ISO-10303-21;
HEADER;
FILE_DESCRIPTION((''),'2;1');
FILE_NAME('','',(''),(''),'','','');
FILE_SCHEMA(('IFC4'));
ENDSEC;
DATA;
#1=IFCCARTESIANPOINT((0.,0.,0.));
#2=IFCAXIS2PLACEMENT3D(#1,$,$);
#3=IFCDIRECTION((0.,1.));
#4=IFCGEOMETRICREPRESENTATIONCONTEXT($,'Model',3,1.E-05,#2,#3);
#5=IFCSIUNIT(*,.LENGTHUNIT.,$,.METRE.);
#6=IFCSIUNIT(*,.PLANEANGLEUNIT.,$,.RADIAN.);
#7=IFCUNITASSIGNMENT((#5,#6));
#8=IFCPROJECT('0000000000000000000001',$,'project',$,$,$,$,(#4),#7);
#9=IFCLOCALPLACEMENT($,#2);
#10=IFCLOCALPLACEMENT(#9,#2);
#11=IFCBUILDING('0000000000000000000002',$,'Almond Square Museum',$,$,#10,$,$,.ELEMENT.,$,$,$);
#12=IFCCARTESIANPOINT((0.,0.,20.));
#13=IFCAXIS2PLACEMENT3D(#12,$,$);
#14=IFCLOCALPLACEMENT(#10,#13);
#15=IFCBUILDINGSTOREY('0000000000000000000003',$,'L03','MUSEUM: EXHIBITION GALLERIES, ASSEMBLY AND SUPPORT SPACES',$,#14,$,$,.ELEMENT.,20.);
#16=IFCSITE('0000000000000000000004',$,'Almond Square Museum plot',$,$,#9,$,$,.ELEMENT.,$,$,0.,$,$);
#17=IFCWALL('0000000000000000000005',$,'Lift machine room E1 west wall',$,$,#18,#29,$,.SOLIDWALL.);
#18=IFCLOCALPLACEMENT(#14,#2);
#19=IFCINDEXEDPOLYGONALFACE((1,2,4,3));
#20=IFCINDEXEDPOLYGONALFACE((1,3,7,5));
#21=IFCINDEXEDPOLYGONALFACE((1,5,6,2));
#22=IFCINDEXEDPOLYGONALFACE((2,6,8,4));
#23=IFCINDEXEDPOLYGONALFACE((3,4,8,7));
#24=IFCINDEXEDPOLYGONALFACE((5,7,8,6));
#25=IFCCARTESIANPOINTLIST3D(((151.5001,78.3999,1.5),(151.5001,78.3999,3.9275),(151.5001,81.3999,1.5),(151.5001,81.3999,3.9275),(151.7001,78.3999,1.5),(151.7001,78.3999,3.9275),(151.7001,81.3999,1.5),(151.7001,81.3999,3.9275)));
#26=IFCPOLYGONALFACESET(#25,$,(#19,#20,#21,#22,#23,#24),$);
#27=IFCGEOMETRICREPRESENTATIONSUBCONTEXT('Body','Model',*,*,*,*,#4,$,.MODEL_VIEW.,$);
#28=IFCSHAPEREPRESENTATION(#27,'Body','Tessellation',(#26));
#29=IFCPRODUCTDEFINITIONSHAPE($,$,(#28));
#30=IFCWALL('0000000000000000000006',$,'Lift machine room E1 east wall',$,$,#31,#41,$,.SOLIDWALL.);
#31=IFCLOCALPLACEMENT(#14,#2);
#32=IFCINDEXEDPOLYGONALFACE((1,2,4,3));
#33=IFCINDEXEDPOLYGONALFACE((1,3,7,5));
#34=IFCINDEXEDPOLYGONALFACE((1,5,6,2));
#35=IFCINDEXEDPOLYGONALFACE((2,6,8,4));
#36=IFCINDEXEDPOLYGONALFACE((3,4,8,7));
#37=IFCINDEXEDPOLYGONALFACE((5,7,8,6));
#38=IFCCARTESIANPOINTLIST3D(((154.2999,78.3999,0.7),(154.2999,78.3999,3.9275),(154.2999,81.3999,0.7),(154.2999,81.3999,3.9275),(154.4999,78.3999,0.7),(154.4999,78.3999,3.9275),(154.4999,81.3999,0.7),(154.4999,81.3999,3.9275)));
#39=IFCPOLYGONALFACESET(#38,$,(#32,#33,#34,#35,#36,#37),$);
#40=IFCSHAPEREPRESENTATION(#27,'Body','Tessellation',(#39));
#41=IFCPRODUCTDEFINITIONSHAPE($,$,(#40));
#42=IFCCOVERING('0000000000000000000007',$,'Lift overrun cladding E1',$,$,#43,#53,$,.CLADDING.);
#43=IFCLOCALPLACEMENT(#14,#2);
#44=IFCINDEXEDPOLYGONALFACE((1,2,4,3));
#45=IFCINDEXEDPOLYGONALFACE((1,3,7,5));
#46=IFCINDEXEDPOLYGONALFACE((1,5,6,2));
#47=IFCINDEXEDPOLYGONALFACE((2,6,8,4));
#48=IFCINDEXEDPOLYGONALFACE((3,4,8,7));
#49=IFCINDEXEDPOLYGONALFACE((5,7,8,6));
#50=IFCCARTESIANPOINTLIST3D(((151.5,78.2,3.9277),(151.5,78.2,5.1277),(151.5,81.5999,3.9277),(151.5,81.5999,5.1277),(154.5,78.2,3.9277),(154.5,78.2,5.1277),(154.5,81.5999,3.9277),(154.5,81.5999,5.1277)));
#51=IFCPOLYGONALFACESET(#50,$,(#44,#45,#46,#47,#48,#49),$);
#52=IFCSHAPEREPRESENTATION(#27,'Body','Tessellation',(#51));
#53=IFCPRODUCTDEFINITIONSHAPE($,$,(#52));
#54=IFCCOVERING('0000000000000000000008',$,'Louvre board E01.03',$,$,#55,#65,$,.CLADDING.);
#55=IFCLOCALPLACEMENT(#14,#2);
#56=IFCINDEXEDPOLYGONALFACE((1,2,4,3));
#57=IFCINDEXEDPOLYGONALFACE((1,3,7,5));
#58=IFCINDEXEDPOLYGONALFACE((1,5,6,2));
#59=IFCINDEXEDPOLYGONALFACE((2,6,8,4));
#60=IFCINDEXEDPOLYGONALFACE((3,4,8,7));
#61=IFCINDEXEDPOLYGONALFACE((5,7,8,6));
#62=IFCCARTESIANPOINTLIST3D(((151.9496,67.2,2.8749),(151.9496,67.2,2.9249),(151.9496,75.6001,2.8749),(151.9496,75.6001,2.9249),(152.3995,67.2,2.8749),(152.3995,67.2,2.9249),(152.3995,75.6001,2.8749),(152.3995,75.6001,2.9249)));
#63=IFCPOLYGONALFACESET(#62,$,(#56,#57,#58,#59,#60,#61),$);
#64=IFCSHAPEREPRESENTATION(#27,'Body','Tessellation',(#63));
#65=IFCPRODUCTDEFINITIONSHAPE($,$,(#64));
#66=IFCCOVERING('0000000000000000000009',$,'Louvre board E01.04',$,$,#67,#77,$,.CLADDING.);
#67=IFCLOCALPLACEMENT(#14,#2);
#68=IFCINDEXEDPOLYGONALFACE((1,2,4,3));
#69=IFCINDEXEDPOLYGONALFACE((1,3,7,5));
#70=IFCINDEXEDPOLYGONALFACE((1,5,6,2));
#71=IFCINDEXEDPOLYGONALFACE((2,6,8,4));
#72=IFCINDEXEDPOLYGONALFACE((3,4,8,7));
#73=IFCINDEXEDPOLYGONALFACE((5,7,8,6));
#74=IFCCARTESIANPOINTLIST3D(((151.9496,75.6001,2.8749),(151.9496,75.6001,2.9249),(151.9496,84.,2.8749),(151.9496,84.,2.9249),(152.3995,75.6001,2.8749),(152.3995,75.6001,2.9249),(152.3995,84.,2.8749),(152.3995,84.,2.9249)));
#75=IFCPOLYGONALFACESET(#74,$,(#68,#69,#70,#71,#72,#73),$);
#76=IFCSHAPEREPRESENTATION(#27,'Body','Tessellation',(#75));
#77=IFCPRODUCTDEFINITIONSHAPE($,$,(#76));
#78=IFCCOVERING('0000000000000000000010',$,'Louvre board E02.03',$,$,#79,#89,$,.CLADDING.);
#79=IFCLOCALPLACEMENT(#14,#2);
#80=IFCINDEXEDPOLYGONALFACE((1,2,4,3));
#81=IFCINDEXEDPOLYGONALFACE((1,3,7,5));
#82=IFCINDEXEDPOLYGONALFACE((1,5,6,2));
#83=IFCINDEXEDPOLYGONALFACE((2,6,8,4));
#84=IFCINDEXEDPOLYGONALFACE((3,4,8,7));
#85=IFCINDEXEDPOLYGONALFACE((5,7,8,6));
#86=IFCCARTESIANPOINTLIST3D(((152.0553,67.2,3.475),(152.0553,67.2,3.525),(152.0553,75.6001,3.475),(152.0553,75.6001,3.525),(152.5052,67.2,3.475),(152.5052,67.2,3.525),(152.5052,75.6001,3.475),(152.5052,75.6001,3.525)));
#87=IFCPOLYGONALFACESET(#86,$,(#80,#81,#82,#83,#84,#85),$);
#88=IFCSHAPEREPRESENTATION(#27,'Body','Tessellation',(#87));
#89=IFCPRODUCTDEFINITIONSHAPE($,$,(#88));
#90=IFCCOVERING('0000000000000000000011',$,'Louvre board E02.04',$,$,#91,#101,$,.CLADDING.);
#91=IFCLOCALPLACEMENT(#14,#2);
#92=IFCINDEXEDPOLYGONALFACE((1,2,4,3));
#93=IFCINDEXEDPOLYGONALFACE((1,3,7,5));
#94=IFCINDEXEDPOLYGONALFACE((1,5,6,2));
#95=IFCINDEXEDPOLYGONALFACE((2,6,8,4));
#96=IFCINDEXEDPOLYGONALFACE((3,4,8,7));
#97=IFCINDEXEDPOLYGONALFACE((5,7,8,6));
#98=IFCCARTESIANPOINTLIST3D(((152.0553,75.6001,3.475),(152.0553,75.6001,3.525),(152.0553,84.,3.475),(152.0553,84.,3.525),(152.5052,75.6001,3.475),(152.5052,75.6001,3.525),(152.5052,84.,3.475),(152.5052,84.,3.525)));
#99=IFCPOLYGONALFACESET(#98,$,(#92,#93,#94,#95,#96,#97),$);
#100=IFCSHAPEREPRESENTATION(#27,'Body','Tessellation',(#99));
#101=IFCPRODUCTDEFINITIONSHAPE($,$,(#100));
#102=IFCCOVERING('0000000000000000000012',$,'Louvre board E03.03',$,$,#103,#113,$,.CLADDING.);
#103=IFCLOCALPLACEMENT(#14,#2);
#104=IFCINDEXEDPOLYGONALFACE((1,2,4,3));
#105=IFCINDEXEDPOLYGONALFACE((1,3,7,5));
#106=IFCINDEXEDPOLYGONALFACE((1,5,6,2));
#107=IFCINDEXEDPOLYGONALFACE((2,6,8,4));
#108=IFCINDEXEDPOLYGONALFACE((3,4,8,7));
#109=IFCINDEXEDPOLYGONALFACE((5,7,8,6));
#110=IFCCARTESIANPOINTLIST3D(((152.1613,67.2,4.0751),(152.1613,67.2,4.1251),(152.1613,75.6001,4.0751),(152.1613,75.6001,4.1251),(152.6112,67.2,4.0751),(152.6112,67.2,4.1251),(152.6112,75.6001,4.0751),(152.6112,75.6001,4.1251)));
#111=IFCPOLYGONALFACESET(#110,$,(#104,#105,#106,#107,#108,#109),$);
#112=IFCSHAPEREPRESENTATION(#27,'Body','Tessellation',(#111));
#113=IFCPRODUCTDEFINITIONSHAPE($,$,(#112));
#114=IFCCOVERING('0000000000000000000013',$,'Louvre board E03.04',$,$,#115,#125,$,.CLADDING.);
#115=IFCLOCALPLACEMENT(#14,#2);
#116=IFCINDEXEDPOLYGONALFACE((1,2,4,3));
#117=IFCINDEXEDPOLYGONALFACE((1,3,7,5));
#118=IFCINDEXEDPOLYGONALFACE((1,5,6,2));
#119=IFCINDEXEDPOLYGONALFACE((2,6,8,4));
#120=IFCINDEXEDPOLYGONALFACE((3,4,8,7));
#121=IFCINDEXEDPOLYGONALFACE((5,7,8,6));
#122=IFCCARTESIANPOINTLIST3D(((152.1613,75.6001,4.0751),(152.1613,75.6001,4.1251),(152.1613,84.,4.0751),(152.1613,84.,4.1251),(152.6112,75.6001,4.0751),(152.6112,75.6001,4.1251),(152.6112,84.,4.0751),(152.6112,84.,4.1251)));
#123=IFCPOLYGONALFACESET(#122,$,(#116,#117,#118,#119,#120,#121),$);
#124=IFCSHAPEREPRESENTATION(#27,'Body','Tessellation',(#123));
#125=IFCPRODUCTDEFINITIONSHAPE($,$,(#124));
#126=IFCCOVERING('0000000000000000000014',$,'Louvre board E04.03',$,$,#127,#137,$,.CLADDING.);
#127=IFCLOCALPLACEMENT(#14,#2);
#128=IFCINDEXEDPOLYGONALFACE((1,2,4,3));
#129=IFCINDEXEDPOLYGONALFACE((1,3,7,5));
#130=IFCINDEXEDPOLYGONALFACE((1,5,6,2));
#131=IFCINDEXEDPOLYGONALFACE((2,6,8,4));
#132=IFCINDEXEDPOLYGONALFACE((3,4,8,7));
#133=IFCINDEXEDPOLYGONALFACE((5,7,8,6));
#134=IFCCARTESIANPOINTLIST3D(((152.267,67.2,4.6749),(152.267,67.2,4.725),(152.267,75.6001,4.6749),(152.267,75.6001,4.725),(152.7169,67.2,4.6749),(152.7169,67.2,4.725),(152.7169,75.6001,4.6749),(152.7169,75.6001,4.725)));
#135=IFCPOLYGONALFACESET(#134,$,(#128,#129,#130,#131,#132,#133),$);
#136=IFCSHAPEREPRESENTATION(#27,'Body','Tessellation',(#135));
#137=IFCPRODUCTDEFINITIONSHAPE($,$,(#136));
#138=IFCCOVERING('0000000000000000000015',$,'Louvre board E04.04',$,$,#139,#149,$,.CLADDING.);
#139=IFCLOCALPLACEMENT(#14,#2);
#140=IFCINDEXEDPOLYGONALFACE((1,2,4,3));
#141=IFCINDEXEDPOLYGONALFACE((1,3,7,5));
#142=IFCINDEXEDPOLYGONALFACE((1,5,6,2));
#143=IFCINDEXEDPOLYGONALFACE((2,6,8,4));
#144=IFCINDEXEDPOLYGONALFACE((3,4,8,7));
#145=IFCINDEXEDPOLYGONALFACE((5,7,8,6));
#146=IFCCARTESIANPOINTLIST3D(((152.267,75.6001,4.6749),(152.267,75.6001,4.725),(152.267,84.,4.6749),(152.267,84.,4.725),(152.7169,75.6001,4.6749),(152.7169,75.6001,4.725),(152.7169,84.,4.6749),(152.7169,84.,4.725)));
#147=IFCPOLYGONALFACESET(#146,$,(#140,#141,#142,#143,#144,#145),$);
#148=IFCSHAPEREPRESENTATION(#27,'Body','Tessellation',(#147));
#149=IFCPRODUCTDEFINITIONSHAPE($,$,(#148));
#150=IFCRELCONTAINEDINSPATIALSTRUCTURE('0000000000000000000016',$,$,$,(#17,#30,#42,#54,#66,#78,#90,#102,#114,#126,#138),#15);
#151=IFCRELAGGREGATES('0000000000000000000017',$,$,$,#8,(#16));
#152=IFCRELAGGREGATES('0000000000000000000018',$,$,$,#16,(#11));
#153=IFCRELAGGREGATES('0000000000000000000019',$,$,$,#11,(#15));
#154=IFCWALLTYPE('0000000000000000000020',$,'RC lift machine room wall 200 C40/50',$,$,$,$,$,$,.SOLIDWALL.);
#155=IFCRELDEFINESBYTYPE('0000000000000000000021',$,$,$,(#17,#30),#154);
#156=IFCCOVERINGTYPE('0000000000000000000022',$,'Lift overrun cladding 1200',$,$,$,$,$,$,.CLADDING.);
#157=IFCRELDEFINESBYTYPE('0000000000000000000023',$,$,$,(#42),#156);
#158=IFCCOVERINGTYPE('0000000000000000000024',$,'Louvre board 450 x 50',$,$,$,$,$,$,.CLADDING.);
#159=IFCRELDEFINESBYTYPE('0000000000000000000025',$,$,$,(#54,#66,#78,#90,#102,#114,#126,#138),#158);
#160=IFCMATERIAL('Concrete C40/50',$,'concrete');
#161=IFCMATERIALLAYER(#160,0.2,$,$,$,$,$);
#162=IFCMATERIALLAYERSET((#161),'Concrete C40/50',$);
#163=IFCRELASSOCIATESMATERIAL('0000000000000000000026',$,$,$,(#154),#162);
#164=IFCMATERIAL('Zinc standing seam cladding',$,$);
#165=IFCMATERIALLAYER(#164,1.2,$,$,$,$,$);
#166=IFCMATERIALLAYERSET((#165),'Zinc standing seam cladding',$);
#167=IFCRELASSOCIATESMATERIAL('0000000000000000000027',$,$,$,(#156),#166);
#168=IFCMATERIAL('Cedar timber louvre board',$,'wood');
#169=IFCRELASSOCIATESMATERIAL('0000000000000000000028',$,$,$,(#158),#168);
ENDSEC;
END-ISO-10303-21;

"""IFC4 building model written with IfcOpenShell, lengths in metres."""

from ifc_helpers import new_model, si_unit, direction, frame, frame_2d, origin, origin_2d, place, context, subcontext, project, spatial, rectangle, extrude, material, layer, layer_set, material_profile, profile_set, type_object, element, save


model = new_model("IFC4")

# Units and contexts
model_context = context("Model", 3, precision=1e-05, world=origin(), true_north=direction((0.0, 1.0)))
body_context = subcontext(model_context, "Body", "Model", "MODEL_VIEW")
ifc_project = project(units=[si_unit("LENGTHUNIT", "METRE"), si_unit("PLANEANGLEUNIT", "RADIAN")], contexts=[model_context])

# Site, building, storey
site_placement = place(None, origin())
site = spatial("IfcSite", under=ifc_project, at=site_placement, Name="Almond Square Museum plot", CompositionType="ELEMENT", RefElevation=0.0)
building_placement = place(site_placement, origin())
building = spatial("IfcBuilding", under=site, at=building_placement, Name="Almond Square Museum", CompositionType="ELEMENT")
storey_placement = place(building_placement, frame((0.0, 0.0, 20.0)))
storey = spatial("IfcBuildingStorey", under=building, at=storey_placement, Name="L03", Description="MUSEUM: EXHIBITION GALLERIES, ASSEMBLY AND SUPPORT SPACES", CompositionType="ELEMENT", Elevation=20.0)

# Walls
ifc_material_1 = material(Name="Concrete C40/50", Category="concrete")
ifc_layer_1 = layer(ifc_material_1, 0.2)
ifc_layer_set_1 = layer_set([ifc_layer_1], Name="Concrete C40/50")
wall_type_1 = type_object("IfcWallType", Name="RC lift machine room wall 200 C40/50", PredefinedType="SOLIDWALL", material=ifc_layer_set_1)
wall_1_placement = place(storey_placement, frame((151.6001, 78.3999, 1.5), z_axis=(0.0, 0.0, 1.0), x_axis=(0.0, 1.0, 0.0)))
element("IfcWall", 1, at=wall_1_placement, inside=storey, type_object=wall_type_1, Name="Lift machine room E1 west wall", PredefinedType="SOLIDWALL", context=body_context, shape_type="SweptSolid", body=[
    extrude(rectangle(XDim=3.0, YDim=0.2, at=frame_2d((1.5, 0.0))), origin(), (0.0, 0.0, 1.0), 2.4275),
])
wall_2_placement = place(storey_placement, frame((154.3999, 78.3999, 0.7), z_axis=(0.0, 0.0, 1.0), x_axis=(0.0, 1.0, 0.0)))
element("IfcWall", 2, at=wall_2_placement, inside=storey, type_object=wall_type_1, Name="Lift machine room E1 east wall", PredefinedType="SOLIDWALL", context=body_context, shape_type="SweptSolid", body=[
    extrude(rectangle(XDim=3.0, YDim=0.2, at=frame_2d((1.5, 0.0))), origin(), (0.0, 0.0, 1.0), 3.2275),
])

# Coverings
ifc_material_2 = material(Name="Zinc standing seam cladding")
ifc_layer_2 = layer(ifc_material_2, 1.2)
ifc_layer_set_2 = layer_set([ifc_layer_2], Name="Zinc standing seam cladding")
covering_type_1 = type_object("IfcCoveringType", Name="Lift overrun cladding 1200", PredefinedType="CLADDING", material=ifc_layer_set_2)
covering_1_placement = place(storey_placement, frame((153.0, 79.8999, 3.9277), z_axis=(0.0, 0.0, 1.0), x_axis=(1.0, 0.0, 0.0)))
element("IfcCovering", 3, at=covering_1_placement, inside=storey, type_object=covering_type_1, Name="Lift overrun cladding E1", PredefinedType="CLADDING", context=body_context, shape_type="SweptSolid", body=[
    extrude(rectangle(XDim=3.0, YDim=3.3999, at=origin_2d()), origin(), (0.0, 0.0, 1.0), 1.2),
])
ifc_material_3 = material(Name="Cedar timber louvre board", Category="wood")
ifc_material_profile_1 = material_profile(ifc_material_3, rectangle(XDim=0.45, YDim=0.05, at=origin_2d()))
ifc_profile_set_1 = profile_set([ifc_material_profile_1], Name="Cedar timber louvre board")
covering_type_2 = type_object("IfcCoveringType", Name="Louvre board 450 x 50", PredefinedType="CLADDING", material=ifc_profile_set_1)
covering_2_placement = place(storey_placement, frame((152.1746, 67.2, 2.8999), z_axis=(0.0, 1.0, 0.0), x_axis=(-1.0, 0.0, 0.0)))
element("IfcCovering", 4, at=covering_2_placement, inside=storey, type_object=covering_type_2, Name="Louvre board E01.03", PredefinedType="CLADDING", context=body_context, shape_type="SweptSolid", body=[
    extrude(rectangle(XDim=0.45, YDim=0.05, at=origin_2d()), origin(), (0.0, 0.0, 1.0), 8.4001),
])
covering_3_placement = place(storey_placement, frame((152.1746, 75.6001, 2.8999), z_axis=(0.0, 1.0, 0.0), x_axis=(-1.0, 0.0, 0.0)))
element("IfcCovering", 5, at=covering_3_placement, inside=storey, type_object=covering_type_2, Name="Louvre board E01.04", PredefinedType="CLADDING", context=body_context, shape_type="SweptSolid", body=[
    extrude(rectangle(XDim=0.45, YDim=0.05, at=origin_2d()), origin(), (0.0, 0.0, 1.0), 8.3999),
])
covering_4_placement = place(storey_placement, frame((152.2803, 67.2, 3.5), z_axis=(0.0, 1.0, 0.0), x_axis=(-1.0, 0.0, 0.0)))
element("IfcCovering", 6, at=covering_4_placement, inside=storey, type_object=covering_type_2, Name="Louvre board E02.03", PredefinedType="CLADDING", context=body_context, shape_type="SweptSolid", body=[
    extrude(rectangle(XDim=0.45, YDim=0.05, at=origin_2d()), origin(), (0.0, 0.0, 1.0), 8.4001),
])
covering_5_placement = place(storey_placement, frame((152.2803, 75.6001, 3.5), z_axis=(0.0, 1.0, 0.0), x_axis=(-1.0, 0.0, 0.0)))
element("IfcCovering", 7, at=covering_5_placement, inside=storey, type_object=covering_type_2, Name="Louvre board E02.04", PredefinedType="CLADDING", context=body_context, shape_type="SweptSolid", body=[
    extrude(rectangle(XDim=0.45, YDim=0.05, at=origin_2d()), origin(), (0.0, 0.0, 1.0), 8.3999),
])
covering_6_placement = place(storey_placement, frame((152.3862, 67.2, 4.1001), z_axis=(0.0, 1.0, 0.0), x_axis=(-1.0, 0.0, 0.0)))
element("IfcCovering", 8, at=covering_6_placement, inside=storey, type_object=covering_type_2, Name="Louvre board E03.03", PredefinedType="CLADDING", context=body_context, shape_type="SweptSolid", body=[
    extrude(rectangle(XDim=0.45, YDim=0.05, at=origin_2d()), origin(), (0.0, 0.0, 1.0), 8.4001),
])
covering_7_placement = place(storey_placement, frame((152.3862, 75.6001, 4.1001), z_axis=(0.0, 1.0, 0.0), x_axis=(-1.0, 0.0, 0.0)))
element("IfcCovering", 9, at=covering_7_placement, inside=storey, type_object=covering_type_2, Name="Louvre board E03.04", PredefinedType="CLADDING", context=body_context, shape_type="SweptSolid", body=[
    extrude(rectangle(XDim=0.45, YDim=0.05, at=origin_2d()), origin(), (0.0, 0.0, 1.0), 8.3999),
])
covering_8_placement = place(storey_placement, frame((152.4919, 67.2, 4.7), z_axis=(0.0, 1.0, 0.0), x_axis=(-1.0, 0.0, 0.0)))
element("IfcCovering", 10, at=covering_8_placement, inside=storey, type_object=covering_type_2, Name="Louvre board E04.03", PredefinedType="CLADDING", context=body_context, shape_type="SweptSolid", body=[
    extrude(rectangle(XDim=0.45, YDim=0.05, at=origin_2d()), origin(), (0.0, 0.0, 1.0), 8.4001),
])
covering_9_placement = place(storey_placement, frame((152.4919, 75.6001, 4.7), z_axis=(0.0, 1.0, 0.0), x_axis=(-1.0, 0.0, 0.0)))
element("IfcCovering", 11, at=covering_9_placement, inside=storey, type_object=covering_type_2, Name="Louvre board E04.04", PredefinedType="CLADDING", context=body_context, shape_type="SweptSolid", body=[
    extrude(rectangle(XDim=0.45, YDim=0.05, at=origin_2d()), origin(), (0.0, 0.0, 1.0), 8.3999),
])

save(model, "model.ifc")
